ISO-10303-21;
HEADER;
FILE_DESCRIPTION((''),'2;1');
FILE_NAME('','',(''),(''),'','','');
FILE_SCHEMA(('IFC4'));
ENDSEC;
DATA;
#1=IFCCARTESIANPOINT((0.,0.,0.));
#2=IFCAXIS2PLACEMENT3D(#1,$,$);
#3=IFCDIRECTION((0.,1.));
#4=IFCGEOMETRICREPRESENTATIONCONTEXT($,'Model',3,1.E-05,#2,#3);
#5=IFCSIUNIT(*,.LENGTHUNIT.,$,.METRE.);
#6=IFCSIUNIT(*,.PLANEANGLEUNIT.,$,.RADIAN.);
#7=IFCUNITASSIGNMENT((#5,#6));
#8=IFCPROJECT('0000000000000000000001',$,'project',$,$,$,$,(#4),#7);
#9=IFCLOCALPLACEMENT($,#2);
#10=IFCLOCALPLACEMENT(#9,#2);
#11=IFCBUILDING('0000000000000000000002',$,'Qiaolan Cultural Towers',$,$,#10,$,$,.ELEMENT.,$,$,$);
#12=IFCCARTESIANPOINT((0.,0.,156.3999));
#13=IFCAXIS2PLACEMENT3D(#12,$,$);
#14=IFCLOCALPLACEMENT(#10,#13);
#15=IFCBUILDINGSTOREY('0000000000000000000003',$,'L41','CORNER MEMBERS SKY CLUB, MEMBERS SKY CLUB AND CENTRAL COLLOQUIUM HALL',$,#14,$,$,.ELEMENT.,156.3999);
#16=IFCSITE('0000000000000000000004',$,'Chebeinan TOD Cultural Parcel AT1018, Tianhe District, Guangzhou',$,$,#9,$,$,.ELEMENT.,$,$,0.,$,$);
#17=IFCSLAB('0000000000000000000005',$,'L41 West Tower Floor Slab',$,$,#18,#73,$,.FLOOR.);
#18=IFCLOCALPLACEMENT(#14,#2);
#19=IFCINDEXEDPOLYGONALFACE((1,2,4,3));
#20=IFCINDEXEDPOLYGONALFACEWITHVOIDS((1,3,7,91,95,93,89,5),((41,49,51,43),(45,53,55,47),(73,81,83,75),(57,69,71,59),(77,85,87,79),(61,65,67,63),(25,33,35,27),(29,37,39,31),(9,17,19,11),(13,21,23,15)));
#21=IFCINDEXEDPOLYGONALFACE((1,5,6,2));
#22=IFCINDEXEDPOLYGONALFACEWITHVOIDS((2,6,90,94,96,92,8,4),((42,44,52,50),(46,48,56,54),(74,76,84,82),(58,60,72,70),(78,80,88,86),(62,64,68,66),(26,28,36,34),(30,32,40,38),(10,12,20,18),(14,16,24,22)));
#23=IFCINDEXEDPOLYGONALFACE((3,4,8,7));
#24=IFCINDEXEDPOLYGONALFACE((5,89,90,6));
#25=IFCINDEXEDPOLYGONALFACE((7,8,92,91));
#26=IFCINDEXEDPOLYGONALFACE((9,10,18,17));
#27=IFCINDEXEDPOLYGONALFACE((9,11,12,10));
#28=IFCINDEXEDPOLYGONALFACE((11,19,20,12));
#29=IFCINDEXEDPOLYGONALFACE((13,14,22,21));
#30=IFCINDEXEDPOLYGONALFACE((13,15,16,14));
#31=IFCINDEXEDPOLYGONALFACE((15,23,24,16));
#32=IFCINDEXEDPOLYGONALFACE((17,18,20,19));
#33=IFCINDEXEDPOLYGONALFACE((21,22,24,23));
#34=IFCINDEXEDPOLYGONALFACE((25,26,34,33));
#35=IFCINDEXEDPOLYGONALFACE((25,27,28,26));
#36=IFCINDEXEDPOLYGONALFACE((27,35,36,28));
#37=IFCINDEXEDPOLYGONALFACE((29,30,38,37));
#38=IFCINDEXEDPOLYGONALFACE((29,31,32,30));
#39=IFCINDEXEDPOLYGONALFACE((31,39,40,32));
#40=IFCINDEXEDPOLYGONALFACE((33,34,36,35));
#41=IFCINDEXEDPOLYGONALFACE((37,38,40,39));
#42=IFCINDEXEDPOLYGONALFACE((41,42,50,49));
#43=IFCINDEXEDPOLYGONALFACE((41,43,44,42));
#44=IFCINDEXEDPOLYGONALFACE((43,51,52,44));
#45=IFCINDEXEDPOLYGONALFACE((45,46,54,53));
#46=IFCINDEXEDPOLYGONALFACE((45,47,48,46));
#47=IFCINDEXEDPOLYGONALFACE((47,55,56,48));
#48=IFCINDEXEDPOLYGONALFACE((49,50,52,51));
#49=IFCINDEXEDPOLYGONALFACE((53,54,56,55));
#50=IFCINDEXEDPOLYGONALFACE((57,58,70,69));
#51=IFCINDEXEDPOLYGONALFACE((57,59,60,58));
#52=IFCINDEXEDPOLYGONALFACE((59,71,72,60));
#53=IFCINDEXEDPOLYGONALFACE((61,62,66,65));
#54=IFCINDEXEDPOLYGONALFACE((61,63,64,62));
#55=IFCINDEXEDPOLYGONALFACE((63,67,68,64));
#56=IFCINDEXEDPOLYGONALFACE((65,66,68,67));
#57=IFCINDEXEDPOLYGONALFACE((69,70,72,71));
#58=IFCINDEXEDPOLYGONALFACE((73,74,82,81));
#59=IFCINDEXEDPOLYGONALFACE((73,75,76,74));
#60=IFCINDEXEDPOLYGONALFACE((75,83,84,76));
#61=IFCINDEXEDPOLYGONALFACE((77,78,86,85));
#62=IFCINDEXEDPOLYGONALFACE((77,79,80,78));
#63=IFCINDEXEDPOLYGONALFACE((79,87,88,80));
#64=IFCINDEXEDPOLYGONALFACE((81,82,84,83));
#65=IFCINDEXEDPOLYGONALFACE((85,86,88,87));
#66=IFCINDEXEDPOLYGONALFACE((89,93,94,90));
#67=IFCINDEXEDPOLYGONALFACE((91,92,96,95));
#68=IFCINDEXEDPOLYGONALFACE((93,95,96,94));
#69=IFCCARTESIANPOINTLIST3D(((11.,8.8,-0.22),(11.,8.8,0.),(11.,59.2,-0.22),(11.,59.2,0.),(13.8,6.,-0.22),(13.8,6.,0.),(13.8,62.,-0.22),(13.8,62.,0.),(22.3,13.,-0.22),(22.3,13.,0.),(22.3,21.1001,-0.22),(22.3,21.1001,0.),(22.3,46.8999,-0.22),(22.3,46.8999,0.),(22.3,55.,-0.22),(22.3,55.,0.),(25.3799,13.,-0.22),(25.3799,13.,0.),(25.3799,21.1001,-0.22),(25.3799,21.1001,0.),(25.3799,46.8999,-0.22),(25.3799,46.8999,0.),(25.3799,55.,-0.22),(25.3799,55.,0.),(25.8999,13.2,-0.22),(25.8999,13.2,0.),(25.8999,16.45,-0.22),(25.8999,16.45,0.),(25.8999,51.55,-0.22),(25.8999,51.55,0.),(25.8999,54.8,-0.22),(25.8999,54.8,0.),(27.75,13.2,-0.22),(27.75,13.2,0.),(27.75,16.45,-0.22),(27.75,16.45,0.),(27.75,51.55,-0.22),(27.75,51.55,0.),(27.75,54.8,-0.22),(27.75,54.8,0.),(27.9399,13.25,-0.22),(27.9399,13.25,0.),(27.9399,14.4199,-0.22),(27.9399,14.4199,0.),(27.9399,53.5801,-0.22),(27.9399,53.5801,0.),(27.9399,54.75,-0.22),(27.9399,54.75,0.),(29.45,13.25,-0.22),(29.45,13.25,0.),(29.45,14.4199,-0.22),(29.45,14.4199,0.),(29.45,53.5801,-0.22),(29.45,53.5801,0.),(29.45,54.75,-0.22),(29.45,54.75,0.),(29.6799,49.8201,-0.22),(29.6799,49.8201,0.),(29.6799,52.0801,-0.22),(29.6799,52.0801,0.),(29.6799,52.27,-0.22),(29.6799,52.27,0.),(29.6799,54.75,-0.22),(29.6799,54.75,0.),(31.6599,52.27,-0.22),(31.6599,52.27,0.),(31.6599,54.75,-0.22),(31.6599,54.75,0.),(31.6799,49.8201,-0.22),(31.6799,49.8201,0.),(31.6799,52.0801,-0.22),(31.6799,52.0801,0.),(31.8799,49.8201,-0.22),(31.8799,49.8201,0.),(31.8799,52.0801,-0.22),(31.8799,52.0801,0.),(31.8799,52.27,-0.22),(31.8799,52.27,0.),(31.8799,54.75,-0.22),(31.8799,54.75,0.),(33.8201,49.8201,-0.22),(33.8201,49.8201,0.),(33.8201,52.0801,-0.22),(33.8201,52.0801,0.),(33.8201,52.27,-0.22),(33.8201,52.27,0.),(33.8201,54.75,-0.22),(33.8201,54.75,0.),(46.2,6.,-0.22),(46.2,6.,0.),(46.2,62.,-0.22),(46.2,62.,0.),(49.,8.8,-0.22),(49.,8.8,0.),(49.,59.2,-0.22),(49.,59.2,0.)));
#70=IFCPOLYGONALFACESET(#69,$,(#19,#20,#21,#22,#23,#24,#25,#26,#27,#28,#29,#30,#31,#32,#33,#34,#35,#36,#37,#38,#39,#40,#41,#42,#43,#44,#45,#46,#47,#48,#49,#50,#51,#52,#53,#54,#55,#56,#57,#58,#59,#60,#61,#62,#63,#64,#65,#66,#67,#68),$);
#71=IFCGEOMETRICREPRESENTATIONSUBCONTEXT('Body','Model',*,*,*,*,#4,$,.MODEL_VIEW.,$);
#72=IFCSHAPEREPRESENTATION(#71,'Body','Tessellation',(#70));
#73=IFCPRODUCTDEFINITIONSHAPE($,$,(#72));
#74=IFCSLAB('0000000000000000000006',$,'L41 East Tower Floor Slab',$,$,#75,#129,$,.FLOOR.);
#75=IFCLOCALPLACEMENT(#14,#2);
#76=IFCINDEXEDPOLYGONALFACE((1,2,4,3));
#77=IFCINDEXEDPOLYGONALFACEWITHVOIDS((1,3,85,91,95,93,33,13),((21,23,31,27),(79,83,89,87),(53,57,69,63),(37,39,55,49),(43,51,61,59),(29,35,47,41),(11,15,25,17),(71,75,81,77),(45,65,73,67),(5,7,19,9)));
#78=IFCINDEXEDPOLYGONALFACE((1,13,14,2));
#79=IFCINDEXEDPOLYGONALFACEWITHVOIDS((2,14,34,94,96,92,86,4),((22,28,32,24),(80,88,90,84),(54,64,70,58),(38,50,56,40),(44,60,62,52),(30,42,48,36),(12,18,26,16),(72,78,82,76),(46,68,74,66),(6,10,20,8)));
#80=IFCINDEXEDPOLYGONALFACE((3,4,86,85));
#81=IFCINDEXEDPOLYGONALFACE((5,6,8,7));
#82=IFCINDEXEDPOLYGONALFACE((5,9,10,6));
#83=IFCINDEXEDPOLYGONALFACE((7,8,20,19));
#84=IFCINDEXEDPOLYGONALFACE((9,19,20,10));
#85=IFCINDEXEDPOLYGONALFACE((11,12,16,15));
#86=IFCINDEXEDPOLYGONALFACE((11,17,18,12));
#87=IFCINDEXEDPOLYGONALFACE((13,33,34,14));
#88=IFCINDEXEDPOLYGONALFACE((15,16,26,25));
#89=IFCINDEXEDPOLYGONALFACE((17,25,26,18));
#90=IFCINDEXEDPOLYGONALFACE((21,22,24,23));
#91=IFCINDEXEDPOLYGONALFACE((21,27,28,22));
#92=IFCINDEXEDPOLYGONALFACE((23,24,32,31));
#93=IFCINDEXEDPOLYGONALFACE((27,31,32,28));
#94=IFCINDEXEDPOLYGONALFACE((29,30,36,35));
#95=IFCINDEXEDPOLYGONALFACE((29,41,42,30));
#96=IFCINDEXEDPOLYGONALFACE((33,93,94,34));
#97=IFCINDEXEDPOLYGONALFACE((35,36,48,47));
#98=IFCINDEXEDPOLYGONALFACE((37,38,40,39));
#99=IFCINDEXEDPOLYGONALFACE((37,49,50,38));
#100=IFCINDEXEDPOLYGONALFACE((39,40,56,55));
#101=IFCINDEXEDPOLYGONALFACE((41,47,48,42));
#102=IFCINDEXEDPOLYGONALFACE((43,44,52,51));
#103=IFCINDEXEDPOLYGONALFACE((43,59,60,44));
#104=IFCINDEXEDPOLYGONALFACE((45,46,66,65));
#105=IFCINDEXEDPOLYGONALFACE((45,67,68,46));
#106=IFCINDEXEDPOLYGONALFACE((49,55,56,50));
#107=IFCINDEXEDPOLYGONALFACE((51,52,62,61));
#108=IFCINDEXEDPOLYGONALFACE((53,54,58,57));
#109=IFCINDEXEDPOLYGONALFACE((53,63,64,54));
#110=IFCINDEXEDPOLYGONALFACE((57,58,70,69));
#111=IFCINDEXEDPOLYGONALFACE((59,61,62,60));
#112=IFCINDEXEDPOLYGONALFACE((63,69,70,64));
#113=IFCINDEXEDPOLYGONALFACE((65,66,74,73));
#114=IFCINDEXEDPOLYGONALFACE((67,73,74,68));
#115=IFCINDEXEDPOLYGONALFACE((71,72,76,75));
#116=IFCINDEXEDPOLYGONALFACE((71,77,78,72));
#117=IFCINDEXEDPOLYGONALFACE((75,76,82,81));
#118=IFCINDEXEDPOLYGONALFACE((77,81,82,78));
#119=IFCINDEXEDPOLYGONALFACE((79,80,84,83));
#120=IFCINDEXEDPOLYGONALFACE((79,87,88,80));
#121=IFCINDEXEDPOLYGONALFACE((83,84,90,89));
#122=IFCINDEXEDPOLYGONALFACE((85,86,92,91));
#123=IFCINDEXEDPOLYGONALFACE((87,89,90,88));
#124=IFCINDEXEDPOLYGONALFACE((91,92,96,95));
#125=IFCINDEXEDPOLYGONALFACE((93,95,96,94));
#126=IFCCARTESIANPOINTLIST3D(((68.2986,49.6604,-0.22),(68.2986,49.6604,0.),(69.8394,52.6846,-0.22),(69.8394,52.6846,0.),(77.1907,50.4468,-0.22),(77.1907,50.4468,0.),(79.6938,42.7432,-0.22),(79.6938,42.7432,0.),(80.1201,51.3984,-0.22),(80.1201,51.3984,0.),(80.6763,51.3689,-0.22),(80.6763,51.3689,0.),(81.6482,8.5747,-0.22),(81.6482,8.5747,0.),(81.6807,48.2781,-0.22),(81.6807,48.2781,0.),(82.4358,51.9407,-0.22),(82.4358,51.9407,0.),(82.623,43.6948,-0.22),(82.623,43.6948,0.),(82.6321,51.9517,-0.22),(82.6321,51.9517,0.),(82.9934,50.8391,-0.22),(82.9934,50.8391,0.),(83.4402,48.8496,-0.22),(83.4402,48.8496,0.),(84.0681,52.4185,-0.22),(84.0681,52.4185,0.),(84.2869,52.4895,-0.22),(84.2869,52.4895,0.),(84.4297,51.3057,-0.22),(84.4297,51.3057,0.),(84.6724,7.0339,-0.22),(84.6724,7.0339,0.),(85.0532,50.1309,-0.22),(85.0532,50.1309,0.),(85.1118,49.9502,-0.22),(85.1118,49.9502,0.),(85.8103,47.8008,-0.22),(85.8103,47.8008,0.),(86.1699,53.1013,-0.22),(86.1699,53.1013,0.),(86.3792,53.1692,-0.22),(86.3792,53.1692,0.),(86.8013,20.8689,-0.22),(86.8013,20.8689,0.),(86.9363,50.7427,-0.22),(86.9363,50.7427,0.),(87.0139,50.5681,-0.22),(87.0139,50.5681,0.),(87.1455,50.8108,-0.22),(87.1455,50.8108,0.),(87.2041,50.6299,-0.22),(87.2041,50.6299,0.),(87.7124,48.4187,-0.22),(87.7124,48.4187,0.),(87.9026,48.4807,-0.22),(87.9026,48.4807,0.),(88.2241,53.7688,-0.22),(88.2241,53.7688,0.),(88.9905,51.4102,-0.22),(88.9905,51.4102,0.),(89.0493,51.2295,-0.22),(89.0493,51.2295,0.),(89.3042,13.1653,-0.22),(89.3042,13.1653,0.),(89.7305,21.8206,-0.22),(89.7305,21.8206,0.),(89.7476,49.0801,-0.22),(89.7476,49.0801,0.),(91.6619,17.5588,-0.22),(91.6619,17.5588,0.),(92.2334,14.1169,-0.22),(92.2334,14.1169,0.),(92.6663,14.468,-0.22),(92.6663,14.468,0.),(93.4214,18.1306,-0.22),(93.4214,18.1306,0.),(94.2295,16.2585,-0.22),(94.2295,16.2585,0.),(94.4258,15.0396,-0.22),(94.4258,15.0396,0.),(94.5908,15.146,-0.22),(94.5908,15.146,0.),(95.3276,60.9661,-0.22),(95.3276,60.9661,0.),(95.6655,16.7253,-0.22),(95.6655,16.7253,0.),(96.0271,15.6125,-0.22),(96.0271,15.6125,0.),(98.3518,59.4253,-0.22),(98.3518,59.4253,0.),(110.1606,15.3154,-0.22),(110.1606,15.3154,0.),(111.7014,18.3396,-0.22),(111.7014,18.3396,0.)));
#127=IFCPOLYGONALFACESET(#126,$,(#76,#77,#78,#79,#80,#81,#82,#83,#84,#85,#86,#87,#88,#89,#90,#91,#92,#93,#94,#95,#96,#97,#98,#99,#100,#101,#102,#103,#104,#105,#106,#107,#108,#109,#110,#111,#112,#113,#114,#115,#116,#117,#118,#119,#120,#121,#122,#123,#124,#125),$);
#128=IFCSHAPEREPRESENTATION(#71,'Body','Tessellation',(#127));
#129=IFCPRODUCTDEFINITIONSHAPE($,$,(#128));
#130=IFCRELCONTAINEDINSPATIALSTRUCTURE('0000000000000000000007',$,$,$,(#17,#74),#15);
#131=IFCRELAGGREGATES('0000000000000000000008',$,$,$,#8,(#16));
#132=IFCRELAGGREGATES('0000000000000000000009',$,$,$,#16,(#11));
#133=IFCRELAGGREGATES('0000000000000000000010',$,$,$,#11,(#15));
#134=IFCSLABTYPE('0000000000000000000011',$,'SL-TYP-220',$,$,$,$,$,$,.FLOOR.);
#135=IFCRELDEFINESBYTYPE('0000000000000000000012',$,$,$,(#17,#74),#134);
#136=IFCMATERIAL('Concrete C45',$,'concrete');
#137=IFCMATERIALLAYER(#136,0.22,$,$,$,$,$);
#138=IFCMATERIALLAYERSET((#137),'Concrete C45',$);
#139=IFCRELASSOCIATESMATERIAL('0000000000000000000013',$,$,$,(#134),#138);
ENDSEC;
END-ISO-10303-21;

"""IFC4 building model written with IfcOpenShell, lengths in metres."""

from ifc_helpers import new_model, si_unit, direction, frame, origin, place, context, subcontext, project, spatial, polyline, outline, extrude, material, layer, layer_set, type_object, element, save


model = new_model("IFC4")

# Units and contexts
model_context = context("Model", 3, precision=1e-05, world=origin(), true_north=direction((0.0, 1.0)))
body_context = subcontext(model_context, "Body", "Model", "MODEL_VIEW")
ifc_project = project(units=[si_unit("LENGTHUNIT", "METRE"), si_unit("PLANEANGLEUNIT", "RADIAN")], contexts=[model_context])

# Site, building, storey
site_placement = place(None, origin())
site = spatial("IfcSite", under=ifc_project, at=site_placement, Name="Chebeinan TOD Cultural Parcel AT1018, Tianhe District, Guangzhou", CompositionType="ELEMENT", RefElevation=0.0)
building_placement = place(site_placement, origin())
building = spatial("IfcBuilding", under=site, at=building_placement, Name="Qiaolan Cultural Towers", CompositionType="ELEMENT")
storey_placement = place(building_placement, frame((0.0, 0.0, 156.3999)))
storey = spatial("IfcBuildingStorey", under=building, at=storey_placement, Name="L41", Description="CORNER MEMBERS SKY CLUB, MEMBERS SKY CLUB AND CENTRAL COLLOQUIUM HALL", CompositionType="ELEMENT", Elevation=156.3999)

# Slabs
ifc_material_1 = material(Name="Concrete C45", Category="concrete")
ifc_layer_1 = layer(ifc_material_1, 0.22)
ifc_layer_set_1 = layer_set([ifc_layer_1], Name="Concrete C45")
slab_type_1 = type_object("IfcSlabType", Name="SL-TYP-220", PredefinedType="FLOOR", material=ifc_layer_set_1)
slab_1_placement = place(storey_placement, frame((0.0, 0.0, -0.22)))
element("IfcSlab", 1, at=slab_1_placement, inside=storey, type_object=slab_type_1, Name="L41 West Tower Floor Slab", PredefinedType="FLOOR", context=body_context, shape_type="SweptSolid", body=[
    extrude(outline(polyline([(13.8, 6.0), (46.2, 6.0), (49.0, 8.8), (49.0, 59.2), (46.2, 62.0), (13.8, 62.0), (11.0, 59.2), (11.0, 8.8), (13.8, 6.0)]), holes=[polyline([(22.3, 21.1001), (22.3, 13.0), (25.3799, 13.0), (25.3799, 21.1001), (22.3, 21.1001)]), polyline([(25.3799, 46.8999), (25.3799, 55.0), (22.3, 55.0), (22.3, 46.8999), (25.3799, 46.8999)]), polyline([(25.8999, 13.2), (27.75, 13.2), (27.75, 16.45), (25.8999, 16.45), (25.8999, 13.2)]), polyline([(27.9399, 13.25), (29.45, 13.25), (29.45, 14.4199), (27.9399, 14.4199), (27.9399, 13.25)]), polyline([(25.8999, 51.55), (27.75, 51.55), (27.75, 54.8), (25.8999, 54.8), (25.8999, 51.55)]), polyline([(27.9399, 53.5801), (29.45, 53.5801), (29.45, 54.75), (27.9399, 54.75), (27.9399, 53.5801)]), polyline([(29.6799, 49.8201), (31.6799, 49.8201), (31.6799, 52.0801), (29.6799, 52.0801), (29.6799, 49.8201)]), polyline([(31.8799, 49.8201), (33.8201, 49.8201), (33.8201, 52.0801), (31.8799, 52.0801), (31.8799, 49.8201)]), polyline([(29.6799, 52.27), (31.6599, 52.27), (31.6599, 54.75), (29.6799, 54.75), (29.6799, 52.27)]), polyline([(31.8799, 52.27), (33.8201, 52.27), (33.8201, 54.75), (31.8799, 54.75), (31.8799, 52.27)])]), origin(), (0.0, 0.0, 1.0), 0.22),
])
slab_2_placement = place(storey_placement, frame((0.0, 0.0, -0.22)))
element("IfcSlab", 2, at=slab_2_placement, inside=storey, type_object=slab_type_1, Name="L41 East Tower Floor Slab", PredefinedType="FLOOR", context=body_context, shape_type="SweptSolid", body=[
    extrude(outline(polyline([(84.6724, 7.0339), (110.1606, 15.3154), (111.7014, 18.3396), (98.3518, 59.4253), (95.3276, 60.9661), (69.8394, 52.6846), (68.2986, 49.6604), (81.6482, 8.5747), (84.6724, 7.0339)]), holes=[polyline([(86.8013, 20.8689), (89.3042, 13.1653), (92.2334, 14.1169), (89.7305, 21.8206), (86.8013, 20.8689)]), polyline([(82.623, 43.6948), (80.1201, 51.3984), (77.1907, 50.4468), (79.6938, 42.7432), (82.623, 43.6948)]), polyline([(92.6663, 14.468), (94.4258, 15.0396), (93.4214, 18.1306), (91.6619, 17.5588), (92.6663, 14.468)]), polyline([(94.5908, 15.146), (96.0271, 15.6125), (95.6655, 16.7253), (94.2295, 16.2585), (94.5908, 15.146)]), polyline([(81.6807, 48.2781), (83.4402, 48.8496), (82.4358, 51.9407), (80.6763, 51.3689), (81.6807, 48.2781)]), polyline([(82.9934, 50.8391), (84.4297, 51.3057), (84.0681, 52.4185), (82.6321, 51.9517), (82.9934, 50.8391)]), polyline([(85.8103, 47.8008), (87.7124, 48.4187), (87.0139, 50.5681), (85.1118, 49.9502), (85.8103, 47.8008)]), polyline([(87.9026, 48.4807), (89.7476, 49.0801), (89.0493, 51.2295), (87.2041, 50.6299), (87.9026, 48.4807)]), polyline([(85.0532, 50.1309), (86.9363, 50.7427), (86.1699, 53.1013), (84.2869, 52.4895), (85.0532, 50.1309)]), polyline([(87.1455, 50.8108), (88.9905, 51.4102), (88.2241, 53.7688), (86.3792, 53.1692), (87.1455, 50.8108)])]), origin(), (0.0, 0.0, 1.0), 0.22),
])

save(model, "model.ifc")
